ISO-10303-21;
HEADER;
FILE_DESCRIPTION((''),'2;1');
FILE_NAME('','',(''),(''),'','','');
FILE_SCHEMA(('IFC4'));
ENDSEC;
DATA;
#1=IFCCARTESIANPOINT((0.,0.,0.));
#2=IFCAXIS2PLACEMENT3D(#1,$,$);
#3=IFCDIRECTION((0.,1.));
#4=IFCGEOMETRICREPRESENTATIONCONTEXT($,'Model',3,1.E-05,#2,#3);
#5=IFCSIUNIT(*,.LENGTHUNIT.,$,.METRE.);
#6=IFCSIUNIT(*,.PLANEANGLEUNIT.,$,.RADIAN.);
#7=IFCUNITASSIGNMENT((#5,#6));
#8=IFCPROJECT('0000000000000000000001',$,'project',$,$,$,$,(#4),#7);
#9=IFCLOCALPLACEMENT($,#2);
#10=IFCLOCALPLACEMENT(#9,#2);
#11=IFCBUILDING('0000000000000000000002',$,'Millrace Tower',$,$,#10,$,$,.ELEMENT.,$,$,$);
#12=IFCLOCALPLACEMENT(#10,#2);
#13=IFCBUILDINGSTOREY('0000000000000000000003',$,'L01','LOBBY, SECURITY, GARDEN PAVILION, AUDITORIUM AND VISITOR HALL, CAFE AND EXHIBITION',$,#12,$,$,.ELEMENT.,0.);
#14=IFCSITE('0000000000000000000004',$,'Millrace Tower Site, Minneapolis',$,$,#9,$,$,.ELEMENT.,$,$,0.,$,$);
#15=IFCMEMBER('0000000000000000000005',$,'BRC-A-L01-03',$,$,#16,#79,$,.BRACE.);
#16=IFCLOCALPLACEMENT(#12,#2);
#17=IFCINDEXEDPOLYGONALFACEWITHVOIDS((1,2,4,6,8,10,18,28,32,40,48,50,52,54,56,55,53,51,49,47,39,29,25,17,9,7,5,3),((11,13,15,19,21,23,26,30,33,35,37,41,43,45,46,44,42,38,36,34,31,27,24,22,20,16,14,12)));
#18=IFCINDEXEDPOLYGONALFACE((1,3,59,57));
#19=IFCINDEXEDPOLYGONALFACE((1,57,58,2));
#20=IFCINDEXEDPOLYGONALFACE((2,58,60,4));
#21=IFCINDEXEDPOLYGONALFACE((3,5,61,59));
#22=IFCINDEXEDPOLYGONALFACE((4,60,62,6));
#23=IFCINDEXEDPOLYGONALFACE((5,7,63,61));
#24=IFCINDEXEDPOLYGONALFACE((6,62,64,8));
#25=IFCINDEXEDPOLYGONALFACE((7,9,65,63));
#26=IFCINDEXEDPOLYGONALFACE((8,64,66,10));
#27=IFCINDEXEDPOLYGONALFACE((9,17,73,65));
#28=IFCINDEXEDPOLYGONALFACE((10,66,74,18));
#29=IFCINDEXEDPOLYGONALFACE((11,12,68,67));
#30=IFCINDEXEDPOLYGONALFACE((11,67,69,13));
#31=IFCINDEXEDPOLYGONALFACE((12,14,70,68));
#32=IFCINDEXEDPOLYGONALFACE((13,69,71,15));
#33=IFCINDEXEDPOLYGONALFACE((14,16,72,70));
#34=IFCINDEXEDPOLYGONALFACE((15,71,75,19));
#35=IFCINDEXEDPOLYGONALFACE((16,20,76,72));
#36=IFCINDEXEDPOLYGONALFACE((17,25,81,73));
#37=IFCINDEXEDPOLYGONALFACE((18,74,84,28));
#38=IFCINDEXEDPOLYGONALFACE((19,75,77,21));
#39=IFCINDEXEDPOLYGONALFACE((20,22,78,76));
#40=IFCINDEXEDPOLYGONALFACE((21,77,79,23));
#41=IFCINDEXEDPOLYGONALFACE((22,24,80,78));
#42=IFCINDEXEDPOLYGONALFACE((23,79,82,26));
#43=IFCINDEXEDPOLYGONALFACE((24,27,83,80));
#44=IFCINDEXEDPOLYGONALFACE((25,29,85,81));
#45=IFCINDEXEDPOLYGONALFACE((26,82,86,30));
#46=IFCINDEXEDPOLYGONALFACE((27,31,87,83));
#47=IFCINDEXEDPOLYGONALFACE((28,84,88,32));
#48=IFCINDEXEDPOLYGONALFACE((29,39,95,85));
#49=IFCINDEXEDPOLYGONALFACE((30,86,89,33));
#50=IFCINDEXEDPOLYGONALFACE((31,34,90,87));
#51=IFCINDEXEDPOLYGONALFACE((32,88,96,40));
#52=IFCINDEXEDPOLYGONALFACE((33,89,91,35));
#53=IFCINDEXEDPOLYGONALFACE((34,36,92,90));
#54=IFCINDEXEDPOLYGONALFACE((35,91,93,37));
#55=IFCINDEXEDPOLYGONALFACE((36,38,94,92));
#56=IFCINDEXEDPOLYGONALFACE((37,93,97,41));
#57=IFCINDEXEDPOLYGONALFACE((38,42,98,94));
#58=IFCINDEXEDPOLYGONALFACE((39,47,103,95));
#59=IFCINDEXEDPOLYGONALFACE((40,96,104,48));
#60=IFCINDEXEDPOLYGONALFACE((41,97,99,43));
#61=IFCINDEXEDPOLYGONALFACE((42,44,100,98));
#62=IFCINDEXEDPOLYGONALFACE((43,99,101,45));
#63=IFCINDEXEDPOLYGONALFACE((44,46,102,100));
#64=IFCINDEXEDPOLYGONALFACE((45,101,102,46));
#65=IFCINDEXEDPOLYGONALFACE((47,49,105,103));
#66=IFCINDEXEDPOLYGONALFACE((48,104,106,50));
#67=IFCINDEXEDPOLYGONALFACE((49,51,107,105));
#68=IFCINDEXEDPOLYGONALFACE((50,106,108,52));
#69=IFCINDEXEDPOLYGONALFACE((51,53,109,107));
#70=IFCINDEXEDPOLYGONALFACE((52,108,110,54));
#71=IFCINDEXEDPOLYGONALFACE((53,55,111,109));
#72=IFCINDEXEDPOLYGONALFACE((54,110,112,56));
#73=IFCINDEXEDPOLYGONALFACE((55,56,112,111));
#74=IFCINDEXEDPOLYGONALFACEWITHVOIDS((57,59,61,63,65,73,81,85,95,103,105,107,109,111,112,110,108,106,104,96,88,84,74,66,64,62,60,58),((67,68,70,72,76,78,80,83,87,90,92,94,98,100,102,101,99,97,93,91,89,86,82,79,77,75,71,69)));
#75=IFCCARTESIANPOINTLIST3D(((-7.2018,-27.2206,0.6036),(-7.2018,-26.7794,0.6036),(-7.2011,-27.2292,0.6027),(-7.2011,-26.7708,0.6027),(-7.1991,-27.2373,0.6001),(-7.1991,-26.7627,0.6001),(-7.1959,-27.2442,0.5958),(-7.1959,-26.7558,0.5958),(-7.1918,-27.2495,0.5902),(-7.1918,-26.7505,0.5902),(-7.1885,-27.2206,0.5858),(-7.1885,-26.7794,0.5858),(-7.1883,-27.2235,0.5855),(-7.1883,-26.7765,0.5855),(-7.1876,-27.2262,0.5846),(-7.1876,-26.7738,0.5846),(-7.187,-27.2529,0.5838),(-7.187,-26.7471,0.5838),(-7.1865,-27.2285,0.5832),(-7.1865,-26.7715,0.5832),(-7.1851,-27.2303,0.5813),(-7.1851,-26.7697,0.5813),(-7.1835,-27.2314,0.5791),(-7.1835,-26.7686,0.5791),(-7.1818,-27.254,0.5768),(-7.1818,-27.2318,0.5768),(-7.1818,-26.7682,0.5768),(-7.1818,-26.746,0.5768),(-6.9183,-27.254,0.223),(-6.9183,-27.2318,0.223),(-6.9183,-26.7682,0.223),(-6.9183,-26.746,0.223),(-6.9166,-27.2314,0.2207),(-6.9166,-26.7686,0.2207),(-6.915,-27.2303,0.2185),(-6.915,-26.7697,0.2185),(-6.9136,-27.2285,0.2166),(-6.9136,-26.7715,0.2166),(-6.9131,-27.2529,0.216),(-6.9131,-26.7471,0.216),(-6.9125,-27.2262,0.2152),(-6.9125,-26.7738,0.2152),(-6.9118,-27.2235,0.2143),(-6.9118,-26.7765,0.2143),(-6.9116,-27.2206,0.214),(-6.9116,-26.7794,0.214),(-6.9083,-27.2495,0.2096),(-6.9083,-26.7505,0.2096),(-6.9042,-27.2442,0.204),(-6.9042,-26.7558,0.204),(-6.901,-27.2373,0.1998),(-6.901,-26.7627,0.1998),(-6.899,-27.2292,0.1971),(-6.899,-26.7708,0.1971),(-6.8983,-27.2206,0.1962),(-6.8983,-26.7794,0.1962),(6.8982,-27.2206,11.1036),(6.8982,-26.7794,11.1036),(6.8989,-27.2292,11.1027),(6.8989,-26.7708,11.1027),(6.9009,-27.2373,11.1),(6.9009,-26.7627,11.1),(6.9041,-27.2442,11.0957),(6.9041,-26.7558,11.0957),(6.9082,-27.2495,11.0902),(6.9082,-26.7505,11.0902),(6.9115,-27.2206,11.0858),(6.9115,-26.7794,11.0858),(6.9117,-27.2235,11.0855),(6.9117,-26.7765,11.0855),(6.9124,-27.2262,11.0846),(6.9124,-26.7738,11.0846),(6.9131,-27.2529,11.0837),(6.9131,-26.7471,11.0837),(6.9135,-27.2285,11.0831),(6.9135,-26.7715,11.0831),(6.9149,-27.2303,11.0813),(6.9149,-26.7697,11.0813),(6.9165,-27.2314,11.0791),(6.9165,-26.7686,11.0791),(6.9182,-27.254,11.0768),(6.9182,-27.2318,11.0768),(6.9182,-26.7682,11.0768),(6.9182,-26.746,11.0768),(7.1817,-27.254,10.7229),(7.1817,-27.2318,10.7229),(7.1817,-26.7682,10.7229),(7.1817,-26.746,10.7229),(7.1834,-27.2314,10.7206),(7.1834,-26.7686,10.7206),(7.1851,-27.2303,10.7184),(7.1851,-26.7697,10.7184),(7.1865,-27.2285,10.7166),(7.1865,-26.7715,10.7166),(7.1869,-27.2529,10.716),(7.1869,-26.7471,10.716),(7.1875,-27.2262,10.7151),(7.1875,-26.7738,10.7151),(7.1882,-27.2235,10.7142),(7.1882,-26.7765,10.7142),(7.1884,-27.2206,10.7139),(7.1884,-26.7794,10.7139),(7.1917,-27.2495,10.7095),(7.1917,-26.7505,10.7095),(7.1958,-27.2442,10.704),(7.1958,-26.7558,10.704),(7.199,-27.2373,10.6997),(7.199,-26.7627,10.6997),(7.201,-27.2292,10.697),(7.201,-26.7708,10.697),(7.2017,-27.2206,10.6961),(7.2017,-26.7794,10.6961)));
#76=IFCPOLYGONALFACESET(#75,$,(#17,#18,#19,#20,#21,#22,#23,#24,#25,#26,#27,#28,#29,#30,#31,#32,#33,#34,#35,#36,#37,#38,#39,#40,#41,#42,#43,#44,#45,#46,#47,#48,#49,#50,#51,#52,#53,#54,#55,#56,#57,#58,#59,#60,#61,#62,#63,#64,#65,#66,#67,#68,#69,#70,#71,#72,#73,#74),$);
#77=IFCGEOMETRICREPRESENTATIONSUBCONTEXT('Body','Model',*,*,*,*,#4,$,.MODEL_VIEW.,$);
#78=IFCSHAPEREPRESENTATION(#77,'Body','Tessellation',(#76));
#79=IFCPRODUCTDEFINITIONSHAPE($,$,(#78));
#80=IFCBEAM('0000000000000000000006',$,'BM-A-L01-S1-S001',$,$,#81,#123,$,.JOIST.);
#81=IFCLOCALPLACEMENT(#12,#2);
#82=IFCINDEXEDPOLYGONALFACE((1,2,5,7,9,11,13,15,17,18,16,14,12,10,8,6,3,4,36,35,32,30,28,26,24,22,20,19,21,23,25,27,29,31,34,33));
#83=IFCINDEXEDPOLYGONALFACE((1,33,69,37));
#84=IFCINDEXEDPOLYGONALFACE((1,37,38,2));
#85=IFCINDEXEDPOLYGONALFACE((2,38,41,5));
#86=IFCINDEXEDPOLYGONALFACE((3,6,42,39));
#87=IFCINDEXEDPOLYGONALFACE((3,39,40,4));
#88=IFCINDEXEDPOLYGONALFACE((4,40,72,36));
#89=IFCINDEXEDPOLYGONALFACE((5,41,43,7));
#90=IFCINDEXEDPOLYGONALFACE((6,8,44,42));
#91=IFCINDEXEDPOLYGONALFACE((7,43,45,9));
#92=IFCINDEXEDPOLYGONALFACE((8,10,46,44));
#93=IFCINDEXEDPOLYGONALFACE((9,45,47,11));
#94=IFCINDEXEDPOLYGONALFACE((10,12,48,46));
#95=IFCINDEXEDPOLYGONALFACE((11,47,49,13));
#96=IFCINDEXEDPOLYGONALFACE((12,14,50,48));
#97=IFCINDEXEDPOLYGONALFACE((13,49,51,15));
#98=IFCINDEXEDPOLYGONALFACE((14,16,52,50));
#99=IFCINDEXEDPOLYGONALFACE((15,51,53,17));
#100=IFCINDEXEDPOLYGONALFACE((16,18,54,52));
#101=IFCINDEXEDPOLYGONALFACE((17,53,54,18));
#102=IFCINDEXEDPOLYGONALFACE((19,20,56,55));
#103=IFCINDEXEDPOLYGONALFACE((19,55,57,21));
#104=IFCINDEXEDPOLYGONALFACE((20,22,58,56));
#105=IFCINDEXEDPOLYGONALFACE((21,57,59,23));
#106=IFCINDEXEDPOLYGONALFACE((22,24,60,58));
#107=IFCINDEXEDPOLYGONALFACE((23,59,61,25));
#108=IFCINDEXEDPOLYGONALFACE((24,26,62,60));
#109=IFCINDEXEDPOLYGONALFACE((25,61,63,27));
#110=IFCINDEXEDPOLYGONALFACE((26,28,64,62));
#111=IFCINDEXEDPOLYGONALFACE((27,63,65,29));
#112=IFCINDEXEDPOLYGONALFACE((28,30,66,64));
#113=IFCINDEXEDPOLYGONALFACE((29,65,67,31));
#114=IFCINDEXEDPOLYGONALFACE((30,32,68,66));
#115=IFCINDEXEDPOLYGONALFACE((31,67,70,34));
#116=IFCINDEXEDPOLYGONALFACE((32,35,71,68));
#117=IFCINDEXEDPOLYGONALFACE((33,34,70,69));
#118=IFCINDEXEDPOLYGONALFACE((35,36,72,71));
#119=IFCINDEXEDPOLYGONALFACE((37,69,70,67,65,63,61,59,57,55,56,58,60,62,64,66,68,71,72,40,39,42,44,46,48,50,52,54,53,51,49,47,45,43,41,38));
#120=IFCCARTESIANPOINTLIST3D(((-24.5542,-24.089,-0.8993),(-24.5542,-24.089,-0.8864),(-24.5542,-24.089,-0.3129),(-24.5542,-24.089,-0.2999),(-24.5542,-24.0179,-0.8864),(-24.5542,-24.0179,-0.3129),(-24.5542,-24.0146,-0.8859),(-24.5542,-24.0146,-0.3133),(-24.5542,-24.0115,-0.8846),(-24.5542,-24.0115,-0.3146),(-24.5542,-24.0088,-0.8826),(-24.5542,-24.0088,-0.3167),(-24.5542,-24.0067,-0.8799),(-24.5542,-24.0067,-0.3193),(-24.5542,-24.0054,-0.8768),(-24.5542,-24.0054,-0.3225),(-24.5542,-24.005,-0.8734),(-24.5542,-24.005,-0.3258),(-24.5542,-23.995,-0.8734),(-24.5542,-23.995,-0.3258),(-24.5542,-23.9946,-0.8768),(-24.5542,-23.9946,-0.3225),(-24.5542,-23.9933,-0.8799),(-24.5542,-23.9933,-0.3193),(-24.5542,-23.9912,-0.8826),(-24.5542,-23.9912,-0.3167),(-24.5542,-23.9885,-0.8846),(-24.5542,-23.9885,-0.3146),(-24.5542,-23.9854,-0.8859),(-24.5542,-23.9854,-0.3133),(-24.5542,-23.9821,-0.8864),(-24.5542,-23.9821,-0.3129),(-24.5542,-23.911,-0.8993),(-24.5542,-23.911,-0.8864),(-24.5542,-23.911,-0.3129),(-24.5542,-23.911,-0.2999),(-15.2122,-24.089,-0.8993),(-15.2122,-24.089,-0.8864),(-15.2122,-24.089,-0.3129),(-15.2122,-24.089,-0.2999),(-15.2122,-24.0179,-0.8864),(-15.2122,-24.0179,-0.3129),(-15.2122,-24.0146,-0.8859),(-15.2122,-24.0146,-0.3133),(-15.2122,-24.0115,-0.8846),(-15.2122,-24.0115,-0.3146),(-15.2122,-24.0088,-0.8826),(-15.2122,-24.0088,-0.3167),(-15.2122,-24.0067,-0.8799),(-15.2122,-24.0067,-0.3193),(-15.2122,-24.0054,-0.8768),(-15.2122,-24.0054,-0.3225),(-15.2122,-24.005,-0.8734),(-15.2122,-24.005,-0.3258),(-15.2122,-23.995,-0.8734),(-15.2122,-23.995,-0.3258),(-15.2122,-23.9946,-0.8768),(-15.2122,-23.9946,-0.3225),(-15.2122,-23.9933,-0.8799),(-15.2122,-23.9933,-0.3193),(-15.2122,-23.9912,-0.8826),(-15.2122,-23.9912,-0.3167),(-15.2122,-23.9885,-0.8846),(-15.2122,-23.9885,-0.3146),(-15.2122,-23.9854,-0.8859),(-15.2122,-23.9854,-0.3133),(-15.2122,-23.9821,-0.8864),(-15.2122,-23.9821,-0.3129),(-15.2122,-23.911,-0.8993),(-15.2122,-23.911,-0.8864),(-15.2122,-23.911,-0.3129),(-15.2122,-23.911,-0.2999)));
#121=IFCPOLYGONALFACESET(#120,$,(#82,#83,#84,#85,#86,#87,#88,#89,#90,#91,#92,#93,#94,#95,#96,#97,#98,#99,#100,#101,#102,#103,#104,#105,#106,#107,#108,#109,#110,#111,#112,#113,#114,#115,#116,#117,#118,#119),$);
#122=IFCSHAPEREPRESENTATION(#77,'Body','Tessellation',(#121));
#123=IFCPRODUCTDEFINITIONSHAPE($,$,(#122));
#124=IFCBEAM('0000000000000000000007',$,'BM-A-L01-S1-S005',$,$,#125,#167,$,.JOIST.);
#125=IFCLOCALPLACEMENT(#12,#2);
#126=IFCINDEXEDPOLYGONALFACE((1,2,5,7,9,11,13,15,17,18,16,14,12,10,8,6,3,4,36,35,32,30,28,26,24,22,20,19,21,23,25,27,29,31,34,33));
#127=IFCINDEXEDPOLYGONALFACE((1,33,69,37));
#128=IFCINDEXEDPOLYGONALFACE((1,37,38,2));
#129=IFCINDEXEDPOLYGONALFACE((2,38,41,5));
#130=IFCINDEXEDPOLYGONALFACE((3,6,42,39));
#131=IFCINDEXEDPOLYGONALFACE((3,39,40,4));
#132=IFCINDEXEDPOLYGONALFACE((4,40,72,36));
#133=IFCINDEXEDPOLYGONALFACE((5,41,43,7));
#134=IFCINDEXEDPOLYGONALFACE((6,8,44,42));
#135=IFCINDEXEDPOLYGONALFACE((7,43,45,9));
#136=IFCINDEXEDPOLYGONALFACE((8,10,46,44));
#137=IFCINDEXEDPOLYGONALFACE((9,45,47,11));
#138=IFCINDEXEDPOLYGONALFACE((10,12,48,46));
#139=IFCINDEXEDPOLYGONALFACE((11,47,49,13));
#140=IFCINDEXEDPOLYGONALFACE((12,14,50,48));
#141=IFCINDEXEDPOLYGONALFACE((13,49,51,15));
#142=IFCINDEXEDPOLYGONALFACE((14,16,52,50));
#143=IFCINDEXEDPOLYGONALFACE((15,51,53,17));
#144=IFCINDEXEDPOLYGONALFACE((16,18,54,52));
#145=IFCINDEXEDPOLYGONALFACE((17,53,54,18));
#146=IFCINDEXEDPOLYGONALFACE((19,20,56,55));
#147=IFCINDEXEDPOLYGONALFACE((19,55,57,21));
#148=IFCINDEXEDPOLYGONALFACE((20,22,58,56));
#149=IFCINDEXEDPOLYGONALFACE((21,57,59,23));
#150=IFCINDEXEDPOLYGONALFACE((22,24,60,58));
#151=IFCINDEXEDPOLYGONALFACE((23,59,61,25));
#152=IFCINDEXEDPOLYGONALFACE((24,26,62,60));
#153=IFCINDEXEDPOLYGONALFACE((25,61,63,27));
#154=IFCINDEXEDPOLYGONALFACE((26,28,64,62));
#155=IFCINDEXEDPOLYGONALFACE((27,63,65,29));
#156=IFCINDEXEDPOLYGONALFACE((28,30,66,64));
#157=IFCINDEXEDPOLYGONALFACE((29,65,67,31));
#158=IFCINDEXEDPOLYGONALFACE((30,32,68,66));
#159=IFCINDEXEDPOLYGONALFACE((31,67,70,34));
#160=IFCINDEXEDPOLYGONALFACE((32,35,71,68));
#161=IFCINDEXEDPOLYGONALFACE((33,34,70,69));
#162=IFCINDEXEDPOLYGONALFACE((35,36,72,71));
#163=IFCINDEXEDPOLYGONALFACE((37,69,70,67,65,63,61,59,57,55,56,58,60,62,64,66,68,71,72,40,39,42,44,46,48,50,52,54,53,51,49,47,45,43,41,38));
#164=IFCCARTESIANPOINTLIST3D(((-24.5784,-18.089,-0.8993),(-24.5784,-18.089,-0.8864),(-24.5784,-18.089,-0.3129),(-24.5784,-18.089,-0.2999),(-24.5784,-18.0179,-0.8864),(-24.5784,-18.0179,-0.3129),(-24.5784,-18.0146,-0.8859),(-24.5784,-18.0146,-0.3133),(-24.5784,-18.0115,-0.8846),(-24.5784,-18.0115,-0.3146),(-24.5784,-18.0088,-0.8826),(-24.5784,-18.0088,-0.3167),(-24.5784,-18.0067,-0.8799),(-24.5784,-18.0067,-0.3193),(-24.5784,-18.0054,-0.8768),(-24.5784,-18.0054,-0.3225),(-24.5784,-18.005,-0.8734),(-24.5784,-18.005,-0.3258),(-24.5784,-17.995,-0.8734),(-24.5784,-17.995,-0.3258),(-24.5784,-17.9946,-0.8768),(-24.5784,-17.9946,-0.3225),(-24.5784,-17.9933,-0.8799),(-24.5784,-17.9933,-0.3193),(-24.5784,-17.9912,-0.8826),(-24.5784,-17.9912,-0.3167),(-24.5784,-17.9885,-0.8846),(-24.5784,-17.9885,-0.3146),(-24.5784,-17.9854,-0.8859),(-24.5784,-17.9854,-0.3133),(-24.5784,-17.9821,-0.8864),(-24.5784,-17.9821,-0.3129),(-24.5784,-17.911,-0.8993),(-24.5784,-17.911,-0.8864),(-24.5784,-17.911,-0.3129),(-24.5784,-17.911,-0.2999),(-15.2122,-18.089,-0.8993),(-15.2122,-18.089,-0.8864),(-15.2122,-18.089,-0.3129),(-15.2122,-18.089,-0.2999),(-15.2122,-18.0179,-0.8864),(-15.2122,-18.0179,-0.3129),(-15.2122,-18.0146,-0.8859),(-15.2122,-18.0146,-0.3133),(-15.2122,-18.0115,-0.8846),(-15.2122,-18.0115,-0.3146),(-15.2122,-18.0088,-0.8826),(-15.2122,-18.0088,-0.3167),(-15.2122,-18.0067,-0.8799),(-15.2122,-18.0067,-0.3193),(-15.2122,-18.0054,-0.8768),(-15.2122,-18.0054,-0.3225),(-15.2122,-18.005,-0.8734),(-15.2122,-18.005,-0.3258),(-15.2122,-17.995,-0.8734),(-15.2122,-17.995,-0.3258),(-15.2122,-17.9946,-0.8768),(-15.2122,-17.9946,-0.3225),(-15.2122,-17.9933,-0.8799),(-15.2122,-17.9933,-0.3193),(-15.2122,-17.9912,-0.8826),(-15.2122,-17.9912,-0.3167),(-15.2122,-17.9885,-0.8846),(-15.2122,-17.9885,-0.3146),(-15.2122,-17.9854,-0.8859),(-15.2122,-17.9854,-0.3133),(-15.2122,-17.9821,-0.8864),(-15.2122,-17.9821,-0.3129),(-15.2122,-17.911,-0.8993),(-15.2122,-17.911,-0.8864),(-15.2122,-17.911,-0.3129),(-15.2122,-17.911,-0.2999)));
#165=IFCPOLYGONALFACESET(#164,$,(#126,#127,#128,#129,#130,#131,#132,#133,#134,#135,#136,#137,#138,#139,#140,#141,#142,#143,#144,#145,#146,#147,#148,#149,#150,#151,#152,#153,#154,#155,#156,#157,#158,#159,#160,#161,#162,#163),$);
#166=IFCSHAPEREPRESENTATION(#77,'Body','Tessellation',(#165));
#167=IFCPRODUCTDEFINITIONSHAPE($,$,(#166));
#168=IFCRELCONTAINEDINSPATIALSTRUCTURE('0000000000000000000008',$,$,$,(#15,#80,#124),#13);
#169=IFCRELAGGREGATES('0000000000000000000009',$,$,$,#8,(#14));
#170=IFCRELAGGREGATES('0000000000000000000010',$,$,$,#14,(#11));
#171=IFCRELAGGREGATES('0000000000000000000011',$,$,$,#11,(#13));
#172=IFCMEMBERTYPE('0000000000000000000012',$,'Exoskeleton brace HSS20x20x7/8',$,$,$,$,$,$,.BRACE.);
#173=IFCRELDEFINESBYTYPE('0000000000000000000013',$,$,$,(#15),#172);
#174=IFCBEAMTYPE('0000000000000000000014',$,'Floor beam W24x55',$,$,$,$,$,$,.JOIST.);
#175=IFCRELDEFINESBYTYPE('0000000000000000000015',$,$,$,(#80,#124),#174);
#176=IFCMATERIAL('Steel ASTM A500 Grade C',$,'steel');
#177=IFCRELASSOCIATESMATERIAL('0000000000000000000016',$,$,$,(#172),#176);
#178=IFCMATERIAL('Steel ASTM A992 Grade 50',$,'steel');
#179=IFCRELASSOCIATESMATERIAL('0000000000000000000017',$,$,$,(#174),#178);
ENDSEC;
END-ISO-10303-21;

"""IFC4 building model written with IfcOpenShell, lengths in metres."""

from ifc_helpers import new_model, si_unit, direction, frame, origin, origin_2d, place, context, subcontext, project, spatial, hollow_rectangle, i_section, extrude, material, material_profile, profile_set, type_object, element, save


model = new_model("IFC4")

# Units and contexts
model_context = context("Model", 3, precision=1e-05, world=origin(), true_north=direction((0.0, 1.0)))
body_context = subcontext(model_context, "Body", "Model", "MODEL_VIEW")
ifc_project = project(units=[si_unit("LENGTHUNIT", "METRE"), si_unit("PLANEANGLEUNIT", "RADIAN")], contexts=[model_context])

# Site, building, storey
site_placement = place(None, origin())
site = spatial("IfcSite", under=ifc_project, at=site_placement, Name="Millrace Tower Site, Minneapolis", CompositionType="ELEMENT", RefElevation=0.0)
building_placement = place(site_placement, origin())
building = spatial("IfcBuilding", under=site, at=building_placement, Name="Millrace Tower", CompositionType="ELEMENT")
storey_placement = place(building_placement, origin())
storey = spatial("IfcBuildingStorey", under=building, at=storey_placement, Name="L01", Description="LOBBY, SECURITY, GARDEN PAVILION, AUDITORIUM AND VISITOR HALL, CAFE AND EXHIBITION", CompositionType="ELEMENT", Elevation=0.0)

# Member
ifc_material_1 = material(Name="Steel ASTM A500 Grade C", Category="steel")
ifc_material_profile_1 = material_profile(ifc_material_1, hollow_rectangle(XDim=0.5081, YDim=0.5081, WallThickness=0.0222, InnerFilletRadius=0.0112, OuterFilletRadius=0.0334, at=origin_2d()))
ifc_profile_set_1 = profile_set([ifc_material_profile_1], Name="Steel ASTM A500 Grade C")
member_type = type_object("IfcMemberType", Name="Exoskeleton brace HSS20x20x7/8", PredefinedType="BRACE", material=ifc_profile_set_1)
member_1_placement = place(storey_placement, frame((-7.05, -27.0, 0.3999), z_axis=(0.802045, 0.0, 0.597263), x_axis=(0.0, 1.0, 0.0)))
element("IfcMember", 1, at=member_1_placement, inside=storey, type_object=member_type, Name="BRC-A-L01-03", PredefinedType="BRACE", context=body_context, shape_type="SweptSolid", body=[
    extrude(hollow_rectangle(XDim=0.5081, YDim=0.5081, WallThickness=0.0222, InnerFilletRadius=0.0112, OuterFilletRadius=0.0334, at=origin_2d()), origin(), (0.0, 0.0, 1.0), 17.5801),
])

# Beams
ifc_material_2 = material(Name="Steel ASTM A992 Grade 50", Category="steel")
ifc_material_profile_2 = material_profile(ifc_material_2, i_section(OverallWidth=0.178, OverallDepth=0.5994, WebThickness=0.01, FlangeThickness=0.0129, FilletRadius=0.0129, at=origin_2d()))
ifc_profile_set_2 = profile_set([ifc_material_profile_2], Name="Steel ASTM A992 Grade 50")
beam_type_1 = type_object("IfcBeamType", Name="Floor beam W24x55", PredefinedType="JOIST", material=ifc_profile_set_2)
beam_1_placement = place(storey_placement, frame((-24.5542, -24.0, -0.5996), z_axis=(1.0, 0.0, 0.0), x_axis=(0.0, 1.0, 0.0)))
element("IfcBeam", 2, at=beam_1_placement, inside=storey, type_object=beam_type_1, Name="BM-A-L01-S1-S001", PredefinedType="JOIST", context=body_context, shape_type="SweptSolid", body=[
    extrude(i_section(OverallWidth=0.178, OverallDepth=0.5994, WebThickness=0.01, FlangeThickness=0.0129, FilletRadius=0.0129, at=origin_2d()), origin(), (0.0, 0.0, 1.0), 9.342),
])
for number, where, z_axis, x_axis, name in (
    (3, (-24.5784, -18.0, -0.5996), (1.0, 0.0, 0.0), (0.0, 1.0, 0.0), "BM-A-L01-S1-S005"),
):
    element("IfcBeam", number, at=place(storey_placement, frame(where, z_axis=z_axis, x_axis=x_axis)), inside=storey, type_object=beam_type_1, Name=name, PredefinedType="JOIST", context=body_context, shape_type="SweptSolid", body=[
        extrude(i_section(OverallWidth=0.178, OverallDepth=0.5994, WebThickness=0.01, FlangeThickness=0.0129, FilletRadius=0.0129, at=origin_2d()), origin(), (0.0, 0.0, 1.0), 9.3662),
    ])

save(model, "model.ifc")
